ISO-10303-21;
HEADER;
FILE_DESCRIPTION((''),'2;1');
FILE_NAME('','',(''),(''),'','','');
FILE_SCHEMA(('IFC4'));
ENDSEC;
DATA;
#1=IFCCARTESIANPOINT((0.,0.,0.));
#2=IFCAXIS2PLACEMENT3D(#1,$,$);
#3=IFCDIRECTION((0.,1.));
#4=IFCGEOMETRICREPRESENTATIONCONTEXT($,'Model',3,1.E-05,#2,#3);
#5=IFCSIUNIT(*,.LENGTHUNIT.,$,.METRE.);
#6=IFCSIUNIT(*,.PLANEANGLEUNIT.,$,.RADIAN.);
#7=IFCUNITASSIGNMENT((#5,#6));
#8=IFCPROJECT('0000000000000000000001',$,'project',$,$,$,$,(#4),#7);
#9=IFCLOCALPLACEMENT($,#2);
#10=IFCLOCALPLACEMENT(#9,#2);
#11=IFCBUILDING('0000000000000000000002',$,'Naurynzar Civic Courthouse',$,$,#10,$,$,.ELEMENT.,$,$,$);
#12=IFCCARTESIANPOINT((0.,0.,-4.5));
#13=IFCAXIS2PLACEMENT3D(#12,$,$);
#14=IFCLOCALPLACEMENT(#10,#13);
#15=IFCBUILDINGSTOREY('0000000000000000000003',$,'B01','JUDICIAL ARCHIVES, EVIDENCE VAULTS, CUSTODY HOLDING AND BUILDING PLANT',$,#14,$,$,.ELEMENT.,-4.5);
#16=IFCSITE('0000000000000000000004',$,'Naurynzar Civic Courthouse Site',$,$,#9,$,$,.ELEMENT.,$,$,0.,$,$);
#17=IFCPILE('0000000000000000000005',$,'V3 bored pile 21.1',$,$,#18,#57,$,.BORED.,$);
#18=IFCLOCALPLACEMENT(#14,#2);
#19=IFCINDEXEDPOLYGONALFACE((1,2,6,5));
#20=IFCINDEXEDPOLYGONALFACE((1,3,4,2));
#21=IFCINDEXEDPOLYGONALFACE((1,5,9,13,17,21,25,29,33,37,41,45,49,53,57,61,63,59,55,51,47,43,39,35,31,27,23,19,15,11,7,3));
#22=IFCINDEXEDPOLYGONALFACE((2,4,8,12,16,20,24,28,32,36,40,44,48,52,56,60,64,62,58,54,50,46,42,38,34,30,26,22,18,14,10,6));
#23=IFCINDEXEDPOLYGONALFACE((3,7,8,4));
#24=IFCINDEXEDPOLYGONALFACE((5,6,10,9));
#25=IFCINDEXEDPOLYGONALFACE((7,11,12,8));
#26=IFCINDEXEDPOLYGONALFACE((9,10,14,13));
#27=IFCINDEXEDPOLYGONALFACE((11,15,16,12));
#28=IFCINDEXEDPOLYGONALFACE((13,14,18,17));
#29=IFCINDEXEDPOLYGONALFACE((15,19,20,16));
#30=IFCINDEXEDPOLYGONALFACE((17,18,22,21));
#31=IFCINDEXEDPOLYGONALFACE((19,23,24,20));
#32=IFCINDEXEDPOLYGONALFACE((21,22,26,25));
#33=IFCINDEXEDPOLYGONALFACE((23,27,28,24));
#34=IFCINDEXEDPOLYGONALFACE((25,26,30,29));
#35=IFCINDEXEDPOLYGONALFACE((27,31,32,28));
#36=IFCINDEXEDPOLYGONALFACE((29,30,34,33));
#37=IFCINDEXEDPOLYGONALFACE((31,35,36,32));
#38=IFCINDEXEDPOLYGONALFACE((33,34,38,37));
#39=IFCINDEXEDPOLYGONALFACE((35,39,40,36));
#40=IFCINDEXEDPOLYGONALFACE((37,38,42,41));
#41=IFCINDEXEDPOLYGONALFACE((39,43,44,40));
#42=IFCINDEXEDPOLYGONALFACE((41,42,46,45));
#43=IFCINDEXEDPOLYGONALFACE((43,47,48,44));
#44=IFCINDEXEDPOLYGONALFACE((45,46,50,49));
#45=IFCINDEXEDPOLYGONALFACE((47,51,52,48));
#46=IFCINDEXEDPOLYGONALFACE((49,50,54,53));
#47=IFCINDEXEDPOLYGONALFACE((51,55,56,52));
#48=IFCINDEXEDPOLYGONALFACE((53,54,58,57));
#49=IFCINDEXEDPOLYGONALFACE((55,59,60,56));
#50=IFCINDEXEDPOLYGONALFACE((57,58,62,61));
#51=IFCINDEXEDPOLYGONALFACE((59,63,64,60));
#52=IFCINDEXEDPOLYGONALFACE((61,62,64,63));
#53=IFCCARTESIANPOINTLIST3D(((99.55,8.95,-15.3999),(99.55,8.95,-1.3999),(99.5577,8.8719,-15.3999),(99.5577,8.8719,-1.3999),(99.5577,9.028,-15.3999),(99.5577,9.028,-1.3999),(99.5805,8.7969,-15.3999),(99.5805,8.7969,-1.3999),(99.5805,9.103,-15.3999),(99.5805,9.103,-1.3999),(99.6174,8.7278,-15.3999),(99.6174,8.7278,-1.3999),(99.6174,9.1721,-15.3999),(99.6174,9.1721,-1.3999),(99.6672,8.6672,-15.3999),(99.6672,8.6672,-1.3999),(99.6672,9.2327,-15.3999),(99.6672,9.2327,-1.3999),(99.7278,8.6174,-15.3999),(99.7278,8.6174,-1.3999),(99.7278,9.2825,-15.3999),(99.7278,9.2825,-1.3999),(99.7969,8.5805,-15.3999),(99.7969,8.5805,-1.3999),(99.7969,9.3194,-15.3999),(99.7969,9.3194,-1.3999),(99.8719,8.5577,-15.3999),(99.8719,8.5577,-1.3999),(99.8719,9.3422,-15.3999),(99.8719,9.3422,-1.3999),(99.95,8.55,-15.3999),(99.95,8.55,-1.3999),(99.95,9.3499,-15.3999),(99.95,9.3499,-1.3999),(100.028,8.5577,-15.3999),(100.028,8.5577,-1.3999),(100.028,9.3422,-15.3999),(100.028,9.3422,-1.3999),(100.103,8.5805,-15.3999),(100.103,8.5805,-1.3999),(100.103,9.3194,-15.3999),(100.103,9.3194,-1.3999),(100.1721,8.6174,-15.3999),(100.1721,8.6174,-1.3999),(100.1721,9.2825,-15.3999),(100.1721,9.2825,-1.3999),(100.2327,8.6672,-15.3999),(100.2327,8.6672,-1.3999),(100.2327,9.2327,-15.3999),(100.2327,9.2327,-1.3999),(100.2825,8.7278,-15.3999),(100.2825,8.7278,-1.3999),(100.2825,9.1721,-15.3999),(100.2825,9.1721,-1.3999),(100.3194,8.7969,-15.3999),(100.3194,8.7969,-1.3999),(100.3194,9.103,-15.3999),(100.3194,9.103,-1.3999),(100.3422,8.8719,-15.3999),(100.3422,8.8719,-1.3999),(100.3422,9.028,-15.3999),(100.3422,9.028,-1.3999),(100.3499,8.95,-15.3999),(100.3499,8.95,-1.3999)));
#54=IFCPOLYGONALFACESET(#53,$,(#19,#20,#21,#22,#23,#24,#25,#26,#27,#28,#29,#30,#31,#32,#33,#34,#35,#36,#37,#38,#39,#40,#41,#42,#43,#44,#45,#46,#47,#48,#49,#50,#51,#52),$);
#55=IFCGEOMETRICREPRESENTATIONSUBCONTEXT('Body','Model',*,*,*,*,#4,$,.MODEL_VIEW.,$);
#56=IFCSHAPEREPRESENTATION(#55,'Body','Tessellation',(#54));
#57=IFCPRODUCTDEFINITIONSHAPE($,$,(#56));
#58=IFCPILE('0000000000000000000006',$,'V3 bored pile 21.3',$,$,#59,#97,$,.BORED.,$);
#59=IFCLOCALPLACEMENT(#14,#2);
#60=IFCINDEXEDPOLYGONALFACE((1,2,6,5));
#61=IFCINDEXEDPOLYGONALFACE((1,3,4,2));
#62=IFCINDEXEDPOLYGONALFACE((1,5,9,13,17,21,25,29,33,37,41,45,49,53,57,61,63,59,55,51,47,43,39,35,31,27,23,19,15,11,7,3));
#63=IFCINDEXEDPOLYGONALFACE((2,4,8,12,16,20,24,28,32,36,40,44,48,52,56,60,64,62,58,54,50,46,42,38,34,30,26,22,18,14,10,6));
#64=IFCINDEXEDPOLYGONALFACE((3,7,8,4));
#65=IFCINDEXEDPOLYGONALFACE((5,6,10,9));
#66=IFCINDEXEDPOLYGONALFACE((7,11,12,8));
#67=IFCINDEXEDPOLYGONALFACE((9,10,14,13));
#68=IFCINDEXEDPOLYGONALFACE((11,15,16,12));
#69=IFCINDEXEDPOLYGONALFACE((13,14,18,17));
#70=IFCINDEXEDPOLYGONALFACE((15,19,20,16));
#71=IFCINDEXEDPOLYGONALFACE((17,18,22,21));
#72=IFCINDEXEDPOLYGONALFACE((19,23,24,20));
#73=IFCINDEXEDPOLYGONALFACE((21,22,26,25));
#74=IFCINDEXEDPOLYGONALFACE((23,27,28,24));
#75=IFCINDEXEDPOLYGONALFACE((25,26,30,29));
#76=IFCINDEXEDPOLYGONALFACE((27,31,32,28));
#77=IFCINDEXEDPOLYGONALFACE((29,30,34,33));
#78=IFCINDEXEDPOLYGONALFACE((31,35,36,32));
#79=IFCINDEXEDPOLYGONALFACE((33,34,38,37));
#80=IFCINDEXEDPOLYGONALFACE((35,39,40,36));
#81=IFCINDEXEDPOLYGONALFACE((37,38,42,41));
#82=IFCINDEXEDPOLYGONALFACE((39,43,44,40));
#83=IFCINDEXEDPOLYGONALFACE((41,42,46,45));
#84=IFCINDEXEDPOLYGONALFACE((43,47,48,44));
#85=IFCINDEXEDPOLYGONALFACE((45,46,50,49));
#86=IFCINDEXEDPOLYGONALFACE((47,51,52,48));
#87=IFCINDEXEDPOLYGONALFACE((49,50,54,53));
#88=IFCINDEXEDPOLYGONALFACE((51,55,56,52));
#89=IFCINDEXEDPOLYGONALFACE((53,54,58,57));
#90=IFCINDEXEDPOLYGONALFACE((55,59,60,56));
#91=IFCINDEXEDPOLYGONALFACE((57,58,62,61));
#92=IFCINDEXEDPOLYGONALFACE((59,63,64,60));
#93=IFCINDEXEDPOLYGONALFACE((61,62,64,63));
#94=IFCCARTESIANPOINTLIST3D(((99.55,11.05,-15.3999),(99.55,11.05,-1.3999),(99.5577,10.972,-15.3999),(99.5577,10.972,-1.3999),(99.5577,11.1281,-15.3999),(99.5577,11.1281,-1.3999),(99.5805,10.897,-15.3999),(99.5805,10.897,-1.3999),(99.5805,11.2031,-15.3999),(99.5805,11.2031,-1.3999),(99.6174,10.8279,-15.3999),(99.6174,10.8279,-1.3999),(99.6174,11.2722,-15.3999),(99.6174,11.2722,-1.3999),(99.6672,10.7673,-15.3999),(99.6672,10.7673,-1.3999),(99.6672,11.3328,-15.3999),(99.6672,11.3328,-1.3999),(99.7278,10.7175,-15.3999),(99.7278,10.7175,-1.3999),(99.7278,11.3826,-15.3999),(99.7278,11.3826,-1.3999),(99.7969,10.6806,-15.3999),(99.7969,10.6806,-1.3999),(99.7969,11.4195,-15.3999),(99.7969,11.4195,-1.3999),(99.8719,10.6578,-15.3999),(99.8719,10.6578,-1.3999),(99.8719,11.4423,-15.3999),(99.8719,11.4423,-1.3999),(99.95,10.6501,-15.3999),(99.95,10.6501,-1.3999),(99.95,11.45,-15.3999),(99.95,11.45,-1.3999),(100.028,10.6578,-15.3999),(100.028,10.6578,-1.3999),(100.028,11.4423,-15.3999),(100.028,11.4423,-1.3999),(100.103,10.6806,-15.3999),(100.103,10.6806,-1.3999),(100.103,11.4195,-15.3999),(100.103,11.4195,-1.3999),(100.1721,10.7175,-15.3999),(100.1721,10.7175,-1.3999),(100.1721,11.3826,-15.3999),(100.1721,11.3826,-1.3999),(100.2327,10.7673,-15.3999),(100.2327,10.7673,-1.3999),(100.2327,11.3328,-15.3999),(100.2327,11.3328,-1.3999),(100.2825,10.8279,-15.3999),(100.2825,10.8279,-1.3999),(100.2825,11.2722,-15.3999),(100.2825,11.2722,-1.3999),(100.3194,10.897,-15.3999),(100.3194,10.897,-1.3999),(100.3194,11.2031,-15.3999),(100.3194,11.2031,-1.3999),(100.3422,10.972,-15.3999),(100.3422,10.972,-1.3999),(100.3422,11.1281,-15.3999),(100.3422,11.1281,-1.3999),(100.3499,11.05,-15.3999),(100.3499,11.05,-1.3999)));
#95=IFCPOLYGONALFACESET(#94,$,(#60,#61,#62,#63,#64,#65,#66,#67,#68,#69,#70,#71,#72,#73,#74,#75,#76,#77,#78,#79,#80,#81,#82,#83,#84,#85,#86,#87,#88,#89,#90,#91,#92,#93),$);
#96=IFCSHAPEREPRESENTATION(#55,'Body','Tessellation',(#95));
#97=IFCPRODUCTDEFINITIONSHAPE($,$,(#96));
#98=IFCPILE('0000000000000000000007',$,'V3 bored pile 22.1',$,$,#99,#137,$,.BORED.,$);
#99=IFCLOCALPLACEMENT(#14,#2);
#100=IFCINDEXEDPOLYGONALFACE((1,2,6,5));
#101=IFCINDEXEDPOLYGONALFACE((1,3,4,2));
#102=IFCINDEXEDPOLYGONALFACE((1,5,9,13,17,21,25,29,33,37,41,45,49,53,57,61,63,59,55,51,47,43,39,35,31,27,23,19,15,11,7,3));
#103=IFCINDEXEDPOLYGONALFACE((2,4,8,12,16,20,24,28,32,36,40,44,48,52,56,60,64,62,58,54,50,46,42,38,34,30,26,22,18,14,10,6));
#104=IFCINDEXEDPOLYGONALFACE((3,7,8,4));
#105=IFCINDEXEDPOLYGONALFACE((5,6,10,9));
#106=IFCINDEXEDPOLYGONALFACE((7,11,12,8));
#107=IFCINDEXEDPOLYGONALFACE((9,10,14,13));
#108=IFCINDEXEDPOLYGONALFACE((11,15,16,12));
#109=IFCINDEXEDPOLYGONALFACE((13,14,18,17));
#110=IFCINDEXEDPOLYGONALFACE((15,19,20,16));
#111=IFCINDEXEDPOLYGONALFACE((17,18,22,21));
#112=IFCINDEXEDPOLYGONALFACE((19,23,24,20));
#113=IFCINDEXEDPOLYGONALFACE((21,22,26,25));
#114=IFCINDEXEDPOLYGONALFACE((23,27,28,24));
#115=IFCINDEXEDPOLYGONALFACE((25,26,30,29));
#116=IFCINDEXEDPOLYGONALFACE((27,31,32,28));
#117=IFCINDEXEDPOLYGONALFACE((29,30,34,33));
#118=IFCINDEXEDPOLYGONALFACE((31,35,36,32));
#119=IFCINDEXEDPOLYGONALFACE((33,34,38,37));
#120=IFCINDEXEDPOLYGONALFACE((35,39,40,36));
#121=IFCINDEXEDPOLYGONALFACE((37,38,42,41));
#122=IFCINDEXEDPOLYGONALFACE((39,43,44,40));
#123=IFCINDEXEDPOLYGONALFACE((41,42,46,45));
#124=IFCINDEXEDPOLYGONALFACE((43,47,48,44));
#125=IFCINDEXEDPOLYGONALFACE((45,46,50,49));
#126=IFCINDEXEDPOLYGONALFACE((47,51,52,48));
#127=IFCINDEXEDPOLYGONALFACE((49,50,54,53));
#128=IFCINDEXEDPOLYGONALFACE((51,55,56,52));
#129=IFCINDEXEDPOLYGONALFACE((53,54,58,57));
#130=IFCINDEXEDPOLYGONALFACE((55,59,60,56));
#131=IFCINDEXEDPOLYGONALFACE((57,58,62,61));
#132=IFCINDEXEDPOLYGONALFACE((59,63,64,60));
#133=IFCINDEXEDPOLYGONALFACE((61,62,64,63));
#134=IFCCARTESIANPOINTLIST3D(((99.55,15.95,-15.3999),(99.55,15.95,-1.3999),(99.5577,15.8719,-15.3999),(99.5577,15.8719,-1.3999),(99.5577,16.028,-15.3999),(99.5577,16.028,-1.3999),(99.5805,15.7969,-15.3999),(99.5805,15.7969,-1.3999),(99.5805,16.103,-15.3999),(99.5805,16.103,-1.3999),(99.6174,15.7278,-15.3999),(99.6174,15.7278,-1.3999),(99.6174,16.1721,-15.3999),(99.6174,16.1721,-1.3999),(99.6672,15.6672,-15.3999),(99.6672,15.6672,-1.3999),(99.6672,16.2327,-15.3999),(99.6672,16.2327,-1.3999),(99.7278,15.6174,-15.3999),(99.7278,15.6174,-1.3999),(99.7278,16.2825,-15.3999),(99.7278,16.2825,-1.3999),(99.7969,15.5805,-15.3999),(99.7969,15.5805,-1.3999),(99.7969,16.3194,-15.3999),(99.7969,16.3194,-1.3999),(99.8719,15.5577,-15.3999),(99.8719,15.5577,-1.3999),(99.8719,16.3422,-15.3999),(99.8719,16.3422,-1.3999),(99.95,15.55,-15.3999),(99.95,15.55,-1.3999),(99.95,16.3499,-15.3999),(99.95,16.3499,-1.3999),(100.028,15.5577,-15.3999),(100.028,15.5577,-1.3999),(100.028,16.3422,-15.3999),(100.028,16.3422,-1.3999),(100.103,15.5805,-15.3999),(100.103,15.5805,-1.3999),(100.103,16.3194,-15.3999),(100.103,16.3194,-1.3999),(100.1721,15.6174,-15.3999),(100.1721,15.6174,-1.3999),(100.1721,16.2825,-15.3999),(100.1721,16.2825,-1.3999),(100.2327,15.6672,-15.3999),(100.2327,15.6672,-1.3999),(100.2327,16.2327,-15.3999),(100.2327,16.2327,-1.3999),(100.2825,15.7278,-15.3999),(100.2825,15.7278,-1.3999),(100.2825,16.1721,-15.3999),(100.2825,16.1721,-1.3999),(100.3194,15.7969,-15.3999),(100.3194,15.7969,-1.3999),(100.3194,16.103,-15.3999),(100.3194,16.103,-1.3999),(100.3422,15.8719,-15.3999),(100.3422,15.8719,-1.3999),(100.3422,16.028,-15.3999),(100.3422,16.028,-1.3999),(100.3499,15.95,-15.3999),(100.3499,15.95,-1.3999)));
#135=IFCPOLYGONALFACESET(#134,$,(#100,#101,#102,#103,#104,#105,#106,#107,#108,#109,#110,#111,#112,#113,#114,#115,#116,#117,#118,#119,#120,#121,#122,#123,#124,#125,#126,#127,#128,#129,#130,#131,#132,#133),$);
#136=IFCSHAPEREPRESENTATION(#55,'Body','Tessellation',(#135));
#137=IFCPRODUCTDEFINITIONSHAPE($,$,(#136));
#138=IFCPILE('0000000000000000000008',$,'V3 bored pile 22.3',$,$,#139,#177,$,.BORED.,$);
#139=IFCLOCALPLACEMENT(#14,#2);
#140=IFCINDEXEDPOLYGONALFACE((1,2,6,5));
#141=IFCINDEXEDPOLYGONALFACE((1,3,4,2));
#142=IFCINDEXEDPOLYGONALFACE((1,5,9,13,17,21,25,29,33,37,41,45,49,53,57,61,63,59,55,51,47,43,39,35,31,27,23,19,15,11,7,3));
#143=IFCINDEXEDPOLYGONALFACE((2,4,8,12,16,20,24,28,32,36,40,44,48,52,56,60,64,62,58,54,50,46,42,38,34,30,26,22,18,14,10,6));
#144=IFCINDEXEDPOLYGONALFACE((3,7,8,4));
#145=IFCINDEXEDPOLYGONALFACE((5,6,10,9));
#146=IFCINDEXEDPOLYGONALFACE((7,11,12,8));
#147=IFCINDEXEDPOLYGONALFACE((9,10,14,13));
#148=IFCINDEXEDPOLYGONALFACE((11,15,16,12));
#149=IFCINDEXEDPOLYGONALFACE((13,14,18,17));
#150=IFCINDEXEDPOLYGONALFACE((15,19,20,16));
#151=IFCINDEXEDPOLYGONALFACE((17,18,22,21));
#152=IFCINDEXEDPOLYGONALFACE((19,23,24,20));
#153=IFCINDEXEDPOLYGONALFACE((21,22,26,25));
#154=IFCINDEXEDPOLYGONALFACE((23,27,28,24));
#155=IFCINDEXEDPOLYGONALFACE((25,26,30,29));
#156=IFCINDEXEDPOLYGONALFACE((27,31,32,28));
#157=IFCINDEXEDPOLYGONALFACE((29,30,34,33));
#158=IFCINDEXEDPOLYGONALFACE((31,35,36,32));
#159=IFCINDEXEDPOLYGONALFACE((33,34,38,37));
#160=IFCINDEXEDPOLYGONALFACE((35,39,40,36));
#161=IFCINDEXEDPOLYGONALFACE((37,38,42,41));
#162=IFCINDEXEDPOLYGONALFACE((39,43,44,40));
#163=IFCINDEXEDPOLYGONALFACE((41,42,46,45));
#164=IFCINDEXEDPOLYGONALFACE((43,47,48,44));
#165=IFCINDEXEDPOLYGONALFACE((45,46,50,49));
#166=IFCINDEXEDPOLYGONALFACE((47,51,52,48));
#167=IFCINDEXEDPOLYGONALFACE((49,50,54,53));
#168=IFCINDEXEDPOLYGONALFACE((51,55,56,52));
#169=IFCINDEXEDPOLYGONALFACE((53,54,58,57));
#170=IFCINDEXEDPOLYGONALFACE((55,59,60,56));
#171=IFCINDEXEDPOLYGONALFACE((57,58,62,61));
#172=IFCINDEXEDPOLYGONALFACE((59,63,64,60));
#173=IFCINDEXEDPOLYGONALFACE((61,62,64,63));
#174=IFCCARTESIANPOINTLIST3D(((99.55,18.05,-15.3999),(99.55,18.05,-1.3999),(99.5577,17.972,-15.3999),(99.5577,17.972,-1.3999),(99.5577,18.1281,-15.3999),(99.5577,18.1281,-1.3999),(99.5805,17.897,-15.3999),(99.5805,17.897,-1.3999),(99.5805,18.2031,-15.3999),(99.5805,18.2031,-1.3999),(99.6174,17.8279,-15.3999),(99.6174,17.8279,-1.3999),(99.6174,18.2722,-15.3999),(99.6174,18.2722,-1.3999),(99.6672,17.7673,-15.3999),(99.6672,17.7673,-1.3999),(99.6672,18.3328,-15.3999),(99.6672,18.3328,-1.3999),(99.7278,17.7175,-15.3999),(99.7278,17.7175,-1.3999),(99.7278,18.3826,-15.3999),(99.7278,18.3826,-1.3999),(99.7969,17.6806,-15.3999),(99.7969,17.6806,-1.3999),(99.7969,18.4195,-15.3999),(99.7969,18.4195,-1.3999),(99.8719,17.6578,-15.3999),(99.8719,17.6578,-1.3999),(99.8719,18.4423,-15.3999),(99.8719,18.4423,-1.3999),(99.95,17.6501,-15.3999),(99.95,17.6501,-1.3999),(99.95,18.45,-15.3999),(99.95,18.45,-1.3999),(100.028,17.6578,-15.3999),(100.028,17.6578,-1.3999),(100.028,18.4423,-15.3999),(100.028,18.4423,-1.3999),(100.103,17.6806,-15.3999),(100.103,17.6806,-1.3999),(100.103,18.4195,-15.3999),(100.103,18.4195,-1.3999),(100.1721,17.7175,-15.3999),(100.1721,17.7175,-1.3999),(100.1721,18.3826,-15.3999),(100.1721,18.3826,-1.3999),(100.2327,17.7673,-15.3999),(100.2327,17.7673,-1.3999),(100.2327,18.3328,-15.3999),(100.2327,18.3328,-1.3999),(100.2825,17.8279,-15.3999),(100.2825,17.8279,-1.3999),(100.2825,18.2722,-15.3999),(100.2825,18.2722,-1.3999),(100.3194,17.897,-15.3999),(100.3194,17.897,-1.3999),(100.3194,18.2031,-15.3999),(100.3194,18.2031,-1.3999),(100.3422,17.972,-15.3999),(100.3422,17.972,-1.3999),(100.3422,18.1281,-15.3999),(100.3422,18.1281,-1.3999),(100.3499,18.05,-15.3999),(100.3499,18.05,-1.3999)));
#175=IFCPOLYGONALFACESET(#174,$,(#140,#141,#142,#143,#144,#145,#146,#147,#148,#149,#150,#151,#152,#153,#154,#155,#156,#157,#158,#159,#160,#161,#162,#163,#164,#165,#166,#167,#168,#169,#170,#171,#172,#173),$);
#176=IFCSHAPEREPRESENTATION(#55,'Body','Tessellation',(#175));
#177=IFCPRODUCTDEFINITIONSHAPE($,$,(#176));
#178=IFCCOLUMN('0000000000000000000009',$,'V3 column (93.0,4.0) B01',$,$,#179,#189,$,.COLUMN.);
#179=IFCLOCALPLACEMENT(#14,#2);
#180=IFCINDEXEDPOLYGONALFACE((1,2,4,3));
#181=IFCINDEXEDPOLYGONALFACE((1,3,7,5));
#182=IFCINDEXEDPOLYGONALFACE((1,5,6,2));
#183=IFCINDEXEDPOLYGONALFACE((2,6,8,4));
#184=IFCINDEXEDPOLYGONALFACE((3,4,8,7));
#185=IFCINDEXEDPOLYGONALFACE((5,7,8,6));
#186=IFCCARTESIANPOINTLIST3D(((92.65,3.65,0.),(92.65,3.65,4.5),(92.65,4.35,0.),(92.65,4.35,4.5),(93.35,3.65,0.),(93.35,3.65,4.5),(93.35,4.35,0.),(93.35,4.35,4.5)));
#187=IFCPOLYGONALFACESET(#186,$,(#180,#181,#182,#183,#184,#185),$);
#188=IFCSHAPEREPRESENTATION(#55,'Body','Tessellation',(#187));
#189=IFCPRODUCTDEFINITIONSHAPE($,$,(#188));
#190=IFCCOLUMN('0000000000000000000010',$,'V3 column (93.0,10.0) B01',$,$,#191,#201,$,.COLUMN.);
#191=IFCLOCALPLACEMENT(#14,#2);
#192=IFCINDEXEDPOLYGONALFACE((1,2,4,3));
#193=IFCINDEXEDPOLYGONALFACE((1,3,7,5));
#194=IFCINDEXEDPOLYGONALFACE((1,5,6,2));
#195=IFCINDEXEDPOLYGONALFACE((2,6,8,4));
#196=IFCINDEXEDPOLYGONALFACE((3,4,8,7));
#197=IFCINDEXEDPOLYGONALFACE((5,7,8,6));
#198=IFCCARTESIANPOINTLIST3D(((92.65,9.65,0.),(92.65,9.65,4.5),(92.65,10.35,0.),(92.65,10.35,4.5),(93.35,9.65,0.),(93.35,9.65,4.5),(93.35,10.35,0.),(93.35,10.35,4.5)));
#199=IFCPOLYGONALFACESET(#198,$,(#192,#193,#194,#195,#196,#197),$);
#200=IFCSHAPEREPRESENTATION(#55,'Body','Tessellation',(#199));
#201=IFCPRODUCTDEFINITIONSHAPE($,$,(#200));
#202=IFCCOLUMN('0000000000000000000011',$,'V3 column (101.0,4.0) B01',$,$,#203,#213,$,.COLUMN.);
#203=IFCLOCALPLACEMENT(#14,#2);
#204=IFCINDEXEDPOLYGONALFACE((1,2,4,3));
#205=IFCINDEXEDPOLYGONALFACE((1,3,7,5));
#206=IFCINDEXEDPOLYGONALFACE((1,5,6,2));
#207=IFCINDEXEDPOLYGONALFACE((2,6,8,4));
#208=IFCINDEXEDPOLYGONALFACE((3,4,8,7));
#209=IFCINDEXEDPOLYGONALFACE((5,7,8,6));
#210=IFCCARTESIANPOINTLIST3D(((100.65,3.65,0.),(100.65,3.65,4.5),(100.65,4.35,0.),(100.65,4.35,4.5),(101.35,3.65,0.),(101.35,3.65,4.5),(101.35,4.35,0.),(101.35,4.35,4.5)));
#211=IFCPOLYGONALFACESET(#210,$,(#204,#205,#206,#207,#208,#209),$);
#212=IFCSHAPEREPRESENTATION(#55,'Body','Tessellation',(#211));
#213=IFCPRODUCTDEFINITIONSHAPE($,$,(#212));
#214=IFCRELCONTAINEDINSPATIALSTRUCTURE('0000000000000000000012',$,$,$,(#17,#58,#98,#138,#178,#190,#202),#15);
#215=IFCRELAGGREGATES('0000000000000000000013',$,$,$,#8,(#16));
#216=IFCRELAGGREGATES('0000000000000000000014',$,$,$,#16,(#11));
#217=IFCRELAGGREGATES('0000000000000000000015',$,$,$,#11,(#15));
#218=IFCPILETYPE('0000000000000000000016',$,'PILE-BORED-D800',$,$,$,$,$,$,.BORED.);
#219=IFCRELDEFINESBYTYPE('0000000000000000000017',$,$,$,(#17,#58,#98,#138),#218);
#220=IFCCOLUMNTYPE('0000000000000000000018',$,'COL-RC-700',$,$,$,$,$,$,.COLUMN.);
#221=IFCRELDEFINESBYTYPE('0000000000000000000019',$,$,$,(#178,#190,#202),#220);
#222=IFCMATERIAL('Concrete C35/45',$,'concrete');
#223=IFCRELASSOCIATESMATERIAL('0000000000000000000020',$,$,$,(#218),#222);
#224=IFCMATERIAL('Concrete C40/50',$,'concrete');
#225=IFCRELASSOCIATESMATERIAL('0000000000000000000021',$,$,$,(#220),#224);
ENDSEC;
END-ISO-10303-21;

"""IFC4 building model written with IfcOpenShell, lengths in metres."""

from ifc_helpers import new_model, si_unit, direction, frame, origin, origin_2d, place, context, subcontext, project, spatial, rectangle, circle, extrude, material, material_profile, profile_set, type_object, element, save


model = new_model("IFC4")

# Units and contexts
model_context = context("Model", 3, precision=1e-05, world=origin(), true_north=direction((0.0, 1.0)))
body_context = subcontext(model_context, "Body", "Model", "MODEL_VIEW")
ifc_project = project(units=[si_unit("LENGTHUNIT", "METRE"), si_unit("PLANEANGLEUNIT", "RADIAN")], contexts=[model_context])

# Site, building, storey
site_placement = place(None, origin())
site = spatial("IfcSite", under=ifc_project, at=site_placement, Name="Naurynzar Civic Courthouse Site", CompositionType="ELEMENT", RefElevation=0.0)
building_placement = place(site_placement, origin())
building = spatial("IfcBuilding", under=site, at=building_placement, Name="Naurynzar Civic Courthouse", CompositionType="ELEMENT")
storey_placement = place(building_placement, frame((0.0, 0.0, -4.5)))
storey = spatial("IfcBuildingStorey", under=building, at=storey_placement, Name="B01", Description="JUDICIAL ARCHIVES, EVIDENCE VAULTS, CUSTODY HOLDING AND BUILDING PLANT", CompositionType="ELEMENT", Elevation=-4.5)

# Piles
ifc_material_1 = material(Name="Concrete C35/45", Category="concrete")
ifc_material_profile_1 = material_profile(ifc_material_1, circle(Radius=0.3999, at=origin_2d()), Name="PILE D800")
ifc_profile_set_1 = profile_set([ifc_material_profile_1], Name="Concrete C35/45")
pile_type = type_object("IfcPileType", Name="PILE-BORED-D800", PredefinedType="BORED", material=ifc_profile_set_1)
for number, where, z_axis, x_axis, name in (
    (1, (99.95, 8.95, -1.3999), (0.0, 0.0, -1.0), (1.0, 0.0, 0.0), "V3 bored pile 21.1"),
    (2, (99.95, 11.05, -1.3999), (0.0, 0.0, -1.0), (1.0, 0.0, 0.0), "V3 bored pile 21.3"),
    (3, (99.95, 15.95, -1.3999), (0.0, 0.0, -1.0), (1.0, 0.0, 0.0), "V3 bored pile 22.1"),
    (4, (99.95, 18.05, -1.3999), (0.0, 0.0, -1.0), (1.0, 0.0, 0.0), "V3 bored pile 22.3"),
):
    element("IfcPile", number, at=place(storey_placement, frame(where, z_axis=z_axis, x_axis=x_axis)), inside=storey, type_object=pile_type, Name=name, PredefinedType="BORED", context=body_context, shape_type="SweptSolid", body=[
        extrude(circle(Radius=0.3999, at=origin_2d()), origin(), (0.0, 0.0, 1.0), 14.0),
    ])

# Columns
ifc_material_2 = material(Name="Concrete C40/50", Category="concrete")
ifc_material_profile_2 = material_profile(ifc_material_2, rectangle(XDim=0.7, YDim=0.7, at=origin_2d()), Name="RC 700x700")
ifc_profile_set_2 = profile_set([ifc_material_profile_2], Name="Concrete C40/50")
column_type = type_object("IfcColumnType", Name="COL-RC-700", PredefinedType="COLUMN", material=ifc_profile_set_2)
for number, where, z_axis, x_axis, name in (
    (5, (93.0, 4.0, 0.0), (0.0, 0.0, 1.0), (1.0, 0.0, 0.0), "V3 column (93.0,4.0) B01"),
    (6, (93.0, 10.0, 0.0), (0.0, 0.0, 1.0), (1.0, 0.0, 0.0), "V3 column (93.0,10.0) B01"),
    (7, (101.0, 4.0, 0.0), (0.0, 0.0, 1.0), (1.0, 0.0, 0.0), "V3 column (101.0,4.0) B01"),
):
    element("IfcColumn", number, at=place(storey_placement, frame(where, z_axis=z_axis, x_axis=x_axis)), inside=storey, type_object=column_type, Name=name, PredefinedType="COLUMN", context=body_context, shape_type="SweptSolid", body=[
        extrude(rectangle(XDim=0.7, YDim=0.7, at=origin_2d()), origin(), (0.0, 0.0, 1.0), 4.5),
    ])

save(model, "model.ifc")
